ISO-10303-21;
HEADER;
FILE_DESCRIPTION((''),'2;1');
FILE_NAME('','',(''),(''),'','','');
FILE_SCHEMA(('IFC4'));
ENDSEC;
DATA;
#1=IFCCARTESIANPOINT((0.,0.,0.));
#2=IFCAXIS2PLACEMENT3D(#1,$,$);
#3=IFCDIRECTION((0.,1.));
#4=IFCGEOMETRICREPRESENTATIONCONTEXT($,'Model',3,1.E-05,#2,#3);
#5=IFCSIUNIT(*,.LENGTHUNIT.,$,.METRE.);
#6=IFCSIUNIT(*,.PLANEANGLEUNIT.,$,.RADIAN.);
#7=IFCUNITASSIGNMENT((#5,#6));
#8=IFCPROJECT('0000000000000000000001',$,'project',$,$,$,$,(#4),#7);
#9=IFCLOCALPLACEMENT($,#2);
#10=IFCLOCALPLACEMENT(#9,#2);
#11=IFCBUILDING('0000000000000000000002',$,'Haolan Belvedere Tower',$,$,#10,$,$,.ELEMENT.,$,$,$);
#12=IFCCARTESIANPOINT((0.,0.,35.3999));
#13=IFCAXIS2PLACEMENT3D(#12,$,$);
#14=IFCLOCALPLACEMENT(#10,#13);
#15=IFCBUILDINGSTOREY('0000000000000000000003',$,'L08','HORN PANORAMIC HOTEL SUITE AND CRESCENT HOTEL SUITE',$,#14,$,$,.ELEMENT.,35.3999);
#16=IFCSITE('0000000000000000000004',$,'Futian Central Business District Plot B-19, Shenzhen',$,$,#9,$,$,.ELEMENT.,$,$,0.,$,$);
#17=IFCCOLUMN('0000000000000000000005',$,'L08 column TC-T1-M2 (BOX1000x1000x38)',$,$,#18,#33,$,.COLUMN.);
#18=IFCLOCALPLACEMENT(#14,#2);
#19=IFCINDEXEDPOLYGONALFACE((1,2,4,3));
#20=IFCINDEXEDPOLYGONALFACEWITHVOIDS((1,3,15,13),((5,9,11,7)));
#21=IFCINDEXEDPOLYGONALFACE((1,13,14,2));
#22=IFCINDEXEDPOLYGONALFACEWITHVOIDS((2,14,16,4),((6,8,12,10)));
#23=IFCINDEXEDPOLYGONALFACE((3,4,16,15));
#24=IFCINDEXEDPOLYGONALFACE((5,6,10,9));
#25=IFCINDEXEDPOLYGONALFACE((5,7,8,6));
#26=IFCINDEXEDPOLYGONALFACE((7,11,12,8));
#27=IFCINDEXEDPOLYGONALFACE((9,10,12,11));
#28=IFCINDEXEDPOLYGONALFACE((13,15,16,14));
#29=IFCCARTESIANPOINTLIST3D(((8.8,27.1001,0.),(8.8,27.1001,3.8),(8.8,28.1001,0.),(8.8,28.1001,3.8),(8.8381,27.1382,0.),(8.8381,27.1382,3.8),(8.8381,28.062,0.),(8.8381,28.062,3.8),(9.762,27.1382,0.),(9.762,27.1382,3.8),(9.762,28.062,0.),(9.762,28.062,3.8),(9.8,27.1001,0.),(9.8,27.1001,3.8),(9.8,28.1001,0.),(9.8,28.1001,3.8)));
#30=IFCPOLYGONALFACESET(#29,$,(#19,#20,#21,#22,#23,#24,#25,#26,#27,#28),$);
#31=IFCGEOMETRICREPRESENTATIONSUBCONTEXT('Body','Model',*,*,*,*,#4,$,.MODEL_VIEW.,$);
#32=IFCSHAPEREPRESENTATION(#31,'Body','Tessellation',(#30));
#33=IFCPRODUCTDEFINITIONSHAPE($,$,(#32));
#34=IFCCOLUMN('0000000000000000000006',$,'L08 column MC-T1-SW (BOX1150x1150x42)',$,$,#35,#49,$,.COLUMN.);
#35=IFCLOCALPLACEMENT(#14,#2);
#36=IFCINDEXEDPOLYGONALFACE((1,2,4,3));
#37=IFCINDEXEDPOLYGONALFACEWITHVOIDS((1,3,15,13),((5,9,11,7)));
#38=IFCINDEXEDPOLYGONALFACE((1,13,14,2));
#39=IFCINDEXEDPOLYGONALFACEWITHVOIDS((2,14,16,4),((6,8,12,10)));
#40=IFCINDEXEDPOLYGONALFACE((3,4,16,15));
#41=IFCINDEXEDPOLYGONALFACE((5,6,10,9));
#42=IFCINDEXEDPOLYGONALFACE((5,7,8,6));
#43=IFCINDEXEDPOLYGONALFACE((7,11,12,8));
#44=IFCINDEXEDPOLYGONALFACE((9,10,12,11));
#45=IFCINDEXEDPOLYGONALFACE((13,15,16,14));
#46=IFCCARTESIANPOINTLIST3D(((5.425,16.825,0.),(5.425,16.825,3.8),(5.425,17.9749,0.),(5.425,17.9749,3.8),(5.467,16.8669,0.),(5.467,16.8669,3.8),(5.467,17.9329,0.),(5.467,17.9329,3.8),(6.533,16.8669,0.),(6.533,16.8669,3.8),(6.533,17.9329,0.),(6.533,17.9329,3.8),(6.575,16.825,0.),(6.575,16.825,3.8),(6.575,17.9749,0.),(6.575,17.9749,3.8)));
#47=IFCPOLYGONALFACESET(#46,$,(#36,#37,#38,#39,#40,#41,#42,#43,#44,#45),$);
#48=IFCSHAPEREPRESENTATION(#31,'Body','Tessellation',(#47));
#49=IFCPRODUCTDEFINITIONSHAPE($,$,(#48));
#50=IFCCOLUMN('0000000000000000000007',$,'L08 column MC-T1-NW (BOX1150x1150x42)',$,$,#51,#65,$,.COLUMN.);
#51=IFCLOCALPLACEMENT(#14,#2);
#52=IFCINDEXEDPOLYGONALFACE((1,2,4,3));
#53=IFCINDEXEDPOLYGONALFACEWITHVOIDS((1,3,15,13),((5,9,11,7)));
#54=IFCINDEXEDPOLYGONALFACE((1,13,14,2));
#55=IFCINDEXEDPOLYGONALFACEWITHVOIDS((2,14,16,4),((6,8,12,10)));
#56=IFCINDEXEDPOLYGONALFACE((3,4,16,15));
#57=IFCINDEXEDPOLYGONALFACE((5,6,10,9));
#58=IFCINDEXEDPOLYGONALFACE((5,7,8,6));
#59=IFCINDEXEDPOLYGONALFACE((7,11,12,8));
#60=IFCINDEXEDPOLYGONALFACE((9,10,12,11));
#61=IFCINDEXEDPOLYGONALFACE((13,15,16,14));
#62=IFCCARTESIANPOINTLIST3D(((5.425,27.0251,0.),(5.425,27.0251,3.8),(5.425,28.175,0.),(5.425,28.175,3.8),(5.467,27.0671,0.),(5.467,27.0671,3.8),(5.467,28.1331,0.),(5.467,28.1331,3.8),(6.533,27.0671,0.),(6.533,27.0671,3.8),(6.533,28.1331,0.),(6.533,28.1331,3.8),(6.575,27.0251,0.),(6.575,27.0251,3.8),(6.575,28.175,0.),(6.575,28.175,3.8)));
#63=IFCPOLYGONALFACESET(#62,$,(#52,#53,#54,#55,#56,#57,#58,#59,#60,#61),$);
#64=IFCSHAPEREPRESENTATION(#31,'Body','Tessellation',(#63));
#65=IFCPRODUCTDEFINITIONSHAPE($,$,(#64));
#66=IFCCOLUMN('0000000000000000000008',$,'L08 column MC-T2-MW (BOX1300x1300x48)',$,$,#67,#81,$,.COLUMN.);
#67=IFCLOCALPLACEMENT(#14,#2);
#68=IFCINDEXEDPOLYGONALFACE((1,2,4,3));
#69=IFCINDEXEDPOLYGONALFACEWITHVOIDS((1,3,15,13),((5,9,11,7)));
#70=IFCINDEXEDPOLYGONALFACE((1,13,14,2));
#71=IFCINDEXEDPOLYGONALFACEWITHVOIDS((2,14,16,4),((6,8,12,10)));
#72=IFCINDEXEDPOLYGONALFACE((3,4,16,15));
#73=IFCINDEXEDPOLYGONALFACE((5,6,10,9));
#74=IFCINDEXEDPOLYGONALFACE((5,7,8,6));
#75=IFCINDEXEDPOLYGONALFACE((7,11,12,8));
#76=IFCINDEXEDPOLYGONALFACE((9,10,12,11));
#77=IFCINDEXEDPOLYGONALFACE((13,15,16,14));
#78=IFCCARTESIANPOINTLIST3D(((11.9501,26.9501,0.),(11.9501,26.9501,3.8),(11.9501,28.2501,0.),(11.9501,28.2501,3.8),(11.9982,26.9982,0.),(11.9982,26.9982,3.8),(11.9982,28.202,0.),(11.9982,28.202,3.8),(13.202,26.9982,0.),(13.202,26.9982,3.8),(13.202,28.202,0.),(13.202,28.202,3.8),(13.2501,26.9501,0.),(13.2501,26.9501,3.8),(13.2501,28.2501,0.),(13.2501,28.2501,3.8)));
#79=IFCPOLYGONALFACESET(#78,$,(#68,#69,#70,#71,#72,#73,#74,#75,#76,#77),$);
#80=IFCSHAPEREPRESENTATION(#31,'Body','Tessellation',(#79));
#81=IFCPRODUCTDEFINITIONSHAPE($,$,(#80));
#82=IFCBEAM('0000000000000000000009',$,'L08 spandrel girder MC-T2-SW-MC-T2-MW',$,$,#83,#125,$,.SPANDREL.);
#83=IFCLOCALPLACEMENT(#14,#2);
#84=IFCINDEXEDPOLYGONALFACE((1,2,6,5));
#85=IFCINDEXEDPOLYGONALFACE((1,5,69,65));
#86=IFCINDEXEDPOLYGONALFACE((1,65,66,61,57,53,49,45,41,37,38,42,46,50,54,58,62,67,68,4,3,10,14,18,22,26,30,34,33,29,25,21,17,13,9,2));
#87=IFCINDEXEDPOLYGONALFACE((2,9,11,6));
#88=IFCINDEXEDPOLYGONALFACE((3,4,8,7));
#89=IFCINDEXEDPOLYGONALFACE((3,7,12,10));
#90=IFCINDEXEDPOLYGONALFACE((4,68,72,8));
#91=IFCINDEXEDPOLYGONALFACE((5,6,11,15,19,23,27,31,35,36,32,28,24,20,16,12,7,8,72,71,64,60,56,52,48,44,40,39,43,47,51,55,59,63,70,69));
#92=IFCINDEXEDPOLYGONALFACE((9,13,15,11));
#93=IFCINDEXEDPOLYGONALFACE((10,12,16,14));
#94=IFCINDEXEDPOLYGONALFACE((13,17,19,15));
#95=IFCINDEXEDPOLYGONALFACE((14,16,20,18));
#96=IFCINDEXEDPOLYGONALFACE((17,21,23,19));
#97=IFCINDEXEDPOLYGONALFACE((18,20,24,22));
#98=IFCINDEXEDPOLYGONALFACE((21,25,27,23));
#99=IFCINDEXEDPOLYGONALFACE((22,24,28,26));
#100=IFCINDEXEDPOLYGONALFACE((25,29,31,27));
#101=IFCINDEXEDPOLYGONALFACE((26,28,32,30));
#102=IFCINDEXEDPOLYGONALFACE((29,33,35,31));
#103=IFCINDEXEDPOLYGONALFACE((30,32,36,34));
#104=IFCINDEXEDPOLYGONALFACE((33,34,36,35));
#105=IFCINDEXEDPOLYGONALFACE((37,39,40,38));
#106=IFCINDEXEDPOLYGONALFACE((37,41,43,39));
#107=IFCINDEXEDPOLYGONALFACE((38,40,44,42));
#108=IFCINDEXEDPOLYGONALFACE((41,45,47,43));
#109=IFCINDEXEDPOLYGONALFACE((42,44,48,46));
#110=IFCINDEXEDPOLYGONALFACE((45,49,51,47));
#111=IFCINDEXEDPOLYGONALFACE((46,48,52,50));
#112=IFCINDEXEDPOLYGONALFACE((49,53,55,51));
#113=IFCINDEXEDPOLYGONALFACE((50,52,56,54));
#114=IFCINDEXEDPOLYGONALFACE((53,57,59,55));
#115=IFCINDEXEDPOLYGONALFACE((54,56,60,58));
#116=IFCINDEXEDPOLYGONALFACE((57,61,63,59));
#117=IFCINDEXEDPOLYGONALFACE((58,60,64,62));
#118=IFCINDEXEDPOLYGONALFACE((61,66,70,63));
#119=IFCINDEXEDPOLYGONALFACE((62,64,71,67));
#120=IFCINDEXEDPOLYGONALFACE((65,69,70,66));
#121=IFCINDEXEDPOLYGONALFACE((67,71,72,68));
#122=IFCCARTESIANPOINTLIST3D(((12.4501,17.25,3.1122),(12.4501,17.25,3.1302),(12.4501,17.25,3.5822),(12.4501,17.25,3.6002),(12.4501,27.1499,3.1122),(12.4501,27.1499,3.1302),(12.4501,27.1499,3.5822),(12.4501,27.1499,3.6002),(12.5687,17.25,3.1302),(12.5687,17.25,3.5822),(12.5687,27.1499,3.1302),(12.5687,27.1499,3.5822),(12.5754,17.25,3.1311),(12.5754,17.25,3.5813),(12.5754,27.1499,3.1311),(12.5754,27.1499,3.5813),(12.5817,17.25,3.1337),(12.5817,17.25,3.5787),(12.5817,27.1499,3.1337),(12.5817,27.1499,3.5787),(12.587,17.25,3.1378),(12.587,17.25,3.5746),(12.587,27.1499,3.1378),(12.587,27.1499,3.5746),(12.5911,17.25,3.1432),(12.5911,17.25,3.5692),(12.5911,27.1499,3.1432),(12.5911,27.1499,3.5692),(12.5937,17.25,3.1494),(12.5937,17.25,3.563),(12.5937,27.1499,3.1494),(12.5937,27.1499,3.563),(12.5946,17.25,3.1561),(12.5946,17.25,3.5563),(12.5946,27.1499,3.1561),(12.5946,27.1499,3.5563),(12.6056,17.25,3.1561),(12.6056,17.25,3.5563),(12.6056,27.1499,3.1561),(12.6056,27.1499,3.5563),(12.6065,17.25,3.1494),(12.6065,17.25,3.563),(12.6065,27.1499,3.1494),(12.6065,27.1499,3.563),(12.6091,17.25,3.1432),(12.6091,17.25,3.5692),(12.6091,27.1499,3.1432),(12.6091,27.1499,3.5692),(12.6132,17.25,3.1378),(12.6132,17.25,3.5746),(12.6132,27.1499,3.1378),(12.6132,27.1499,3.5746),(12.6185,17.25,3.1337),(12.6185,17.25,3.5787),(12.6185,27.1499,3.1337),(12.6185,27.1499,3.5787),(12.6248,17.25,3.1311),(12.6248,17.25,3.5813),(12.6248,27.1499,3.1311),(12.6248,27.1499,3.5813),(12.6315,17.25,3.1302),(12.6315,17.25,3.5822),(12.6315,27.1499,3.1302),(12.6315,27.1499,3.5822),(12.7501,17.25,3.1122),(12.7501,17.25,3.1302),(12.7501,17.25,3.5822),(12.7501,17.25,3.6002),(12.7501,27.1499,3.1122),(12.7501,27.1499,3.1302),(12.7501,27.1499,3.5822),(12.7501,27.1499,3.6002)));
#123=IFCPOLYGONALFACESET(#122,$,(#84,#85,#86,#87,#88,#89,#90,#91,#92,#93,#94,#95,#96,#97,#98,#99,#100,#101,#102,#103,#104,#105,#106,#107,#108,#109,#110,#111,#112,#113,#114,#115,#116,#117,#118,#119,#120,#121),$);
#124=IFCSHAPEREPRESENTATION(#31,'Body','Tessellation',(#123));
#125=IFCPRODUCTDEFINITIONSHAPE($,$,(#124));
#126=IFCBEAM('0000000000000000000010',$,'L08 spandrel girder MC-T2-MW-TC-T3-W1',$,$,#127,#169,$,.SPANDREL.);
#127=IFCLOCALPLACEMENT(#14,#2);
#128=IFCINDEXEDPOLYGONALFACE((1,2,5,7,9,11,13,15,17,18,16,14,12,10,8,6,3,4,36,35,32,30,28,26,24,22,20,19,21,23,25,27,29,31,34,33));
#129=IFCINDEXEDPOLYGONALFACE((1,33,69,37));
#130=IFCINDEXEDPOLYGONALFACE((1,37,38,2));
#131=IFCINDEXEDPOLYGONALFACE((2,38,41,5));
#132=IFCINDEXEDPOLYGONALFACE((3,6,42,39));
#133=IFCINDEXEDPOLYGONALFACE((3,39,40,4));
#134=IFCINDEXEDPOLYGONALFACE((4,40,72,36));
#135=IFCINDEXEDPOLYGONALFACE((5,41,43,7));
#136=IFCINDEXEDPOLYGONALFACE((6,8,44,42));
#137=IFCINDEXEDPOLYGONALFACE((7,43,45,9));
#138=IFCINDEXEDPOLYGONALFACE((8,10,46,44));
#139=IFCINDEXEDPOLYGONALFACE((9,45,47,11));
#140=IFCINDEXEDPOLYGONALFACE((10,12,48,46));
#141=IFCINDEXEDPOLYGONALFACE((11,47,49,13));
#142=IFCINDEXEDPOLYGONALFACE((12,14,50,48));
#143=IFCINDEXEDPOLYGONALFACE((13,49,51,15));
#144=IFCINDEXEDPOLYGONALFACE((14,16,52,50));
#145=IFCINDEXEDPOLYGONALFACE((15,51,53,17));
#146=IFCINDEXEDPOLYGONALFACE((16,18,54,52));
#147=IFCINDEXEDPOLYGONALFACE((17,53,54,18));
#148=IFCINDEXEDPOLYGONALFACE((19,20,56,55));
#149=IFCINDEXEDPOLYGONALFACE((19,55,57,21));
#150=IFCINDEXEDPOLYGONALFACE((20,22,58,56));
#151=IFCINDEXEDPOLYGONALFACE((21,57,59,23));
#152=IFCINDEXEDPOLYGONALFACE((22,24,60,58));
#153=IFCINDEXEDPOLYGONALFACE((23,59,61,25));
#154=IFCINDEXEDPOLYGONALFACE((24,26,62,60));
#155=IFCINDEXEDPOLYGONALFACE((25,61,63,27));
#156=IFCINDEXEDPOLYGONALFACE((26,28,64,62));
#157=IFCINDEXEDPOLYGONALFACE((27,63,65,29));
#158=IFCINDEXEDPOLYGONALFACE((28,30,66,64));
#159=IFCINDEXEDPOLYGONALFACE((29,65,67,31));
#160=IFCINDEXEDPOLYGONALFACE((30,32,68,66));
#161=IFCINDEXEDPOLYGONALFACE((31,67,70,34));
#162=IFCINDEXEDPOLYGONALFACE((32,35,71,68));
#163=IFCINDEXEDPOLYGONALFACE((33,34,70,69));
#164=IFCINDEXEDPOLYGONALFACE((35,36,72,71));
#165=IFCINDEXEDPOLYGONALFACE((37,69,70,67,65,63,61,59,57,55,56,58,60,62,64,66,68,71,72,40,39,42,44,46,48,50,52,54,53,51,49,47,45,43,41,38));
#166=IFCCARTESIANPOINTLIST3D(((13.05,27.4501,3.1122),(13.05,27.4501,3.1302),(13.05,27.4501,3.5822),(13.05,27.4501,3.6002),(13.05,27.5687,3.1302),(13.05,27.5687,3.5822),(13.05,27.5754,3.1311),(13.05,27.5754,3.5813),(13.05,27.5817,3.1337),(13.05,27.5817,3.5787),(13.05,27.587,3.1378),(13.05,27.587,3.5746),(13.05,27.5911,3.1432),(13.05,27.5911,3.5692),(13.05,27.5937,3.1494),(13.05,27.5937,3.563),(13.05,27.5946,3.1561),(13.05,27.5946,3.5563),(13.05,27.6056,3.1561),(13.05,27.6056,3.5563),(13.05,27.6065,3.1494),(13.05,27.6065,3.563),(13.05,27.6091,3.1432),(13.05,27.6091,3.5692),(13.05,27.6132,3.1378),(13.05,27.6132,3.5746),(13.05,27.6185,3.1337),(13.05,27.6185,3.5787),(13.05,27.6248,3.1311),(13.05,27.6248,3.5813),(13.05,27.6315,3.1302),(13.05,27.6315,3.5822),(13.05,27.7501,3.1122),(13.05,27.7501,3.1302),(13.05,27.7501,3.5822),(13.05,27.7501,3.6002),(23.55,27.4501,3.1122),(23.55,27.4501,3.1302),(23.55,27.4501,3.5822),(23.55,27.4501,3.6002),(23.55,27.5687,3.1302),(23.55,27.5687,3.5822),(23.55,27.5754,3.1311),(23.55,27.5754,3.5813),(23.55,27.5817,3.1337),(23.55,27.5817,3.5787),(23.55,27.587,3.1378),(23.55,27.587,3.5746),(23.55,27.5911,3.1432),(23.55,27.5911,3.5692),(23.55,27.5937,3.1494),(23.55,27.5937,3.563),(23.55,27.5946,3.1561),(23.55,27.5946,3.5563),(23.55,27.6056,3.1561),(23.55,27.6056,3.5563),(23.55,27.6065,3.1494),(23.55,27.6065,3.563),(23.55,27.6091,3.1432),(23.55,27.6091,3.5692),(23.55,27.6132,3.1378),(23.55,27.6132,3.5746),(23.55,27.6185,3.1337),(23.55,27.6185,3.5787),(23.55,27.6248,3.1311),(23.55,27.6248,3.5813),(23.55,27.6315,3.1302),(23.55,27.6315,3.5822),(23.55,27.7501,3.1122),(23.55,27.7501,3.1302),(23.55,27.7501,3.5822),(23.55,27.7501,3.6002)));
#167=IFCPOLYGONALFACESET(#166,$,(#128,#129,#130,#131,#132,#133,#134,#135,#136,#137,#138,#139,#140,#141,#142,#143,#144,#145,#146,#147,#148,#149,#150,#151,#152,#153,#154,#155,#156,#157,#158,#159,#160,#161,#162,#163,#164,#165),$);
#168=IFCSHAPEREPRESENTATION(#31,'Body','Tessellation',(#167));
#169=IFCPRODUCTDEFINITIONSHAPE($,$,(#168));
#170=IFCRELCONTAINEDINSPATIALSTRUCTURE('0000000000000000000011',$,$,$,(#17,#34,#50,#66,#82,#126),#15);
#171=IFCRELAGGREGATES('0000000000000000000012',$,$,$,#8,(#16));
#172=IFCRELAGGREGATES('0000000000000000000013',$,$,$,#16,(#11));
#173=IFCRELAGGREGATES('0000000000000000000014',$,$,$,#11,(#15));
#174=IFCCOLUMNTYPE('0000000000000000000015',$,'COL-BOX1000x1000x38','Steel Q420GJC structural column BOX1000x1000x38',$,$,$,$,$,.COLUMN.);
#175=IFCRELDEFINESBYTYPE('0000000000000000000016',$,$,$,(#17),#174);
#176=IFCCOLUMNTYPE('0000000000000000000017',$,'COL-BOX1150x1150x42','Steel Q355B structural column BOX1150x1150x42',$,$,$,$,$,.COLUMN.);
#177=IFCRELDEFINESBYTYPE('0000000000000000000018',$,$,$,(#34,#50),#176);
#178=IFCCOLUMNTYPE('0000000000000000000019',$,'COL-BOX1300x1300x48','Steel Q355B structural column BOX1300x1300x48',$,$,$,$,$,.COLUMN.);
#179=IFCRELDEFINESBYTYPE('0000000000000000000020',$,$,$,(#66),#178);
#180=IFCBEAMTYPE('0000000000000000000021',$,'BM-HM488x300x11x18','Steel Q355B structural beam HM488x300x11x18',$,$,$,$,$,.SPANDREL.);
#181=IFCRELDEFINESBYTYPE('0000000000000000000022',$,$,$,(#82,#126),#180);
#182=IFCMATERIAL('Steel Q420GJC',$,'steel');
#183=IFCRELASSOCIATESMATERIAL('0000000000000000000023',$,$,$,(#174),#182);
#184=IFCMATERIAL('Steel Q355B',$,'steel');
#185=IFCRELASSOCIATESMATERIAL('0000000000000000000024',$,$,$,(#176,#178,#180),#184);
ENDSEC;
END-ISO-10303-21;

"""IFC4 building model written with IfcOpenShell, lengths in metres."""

from ifc_helpers import new_model, si_unit, direction, frame, origin, origin_2d, place, context, subcontext, project, spatial, hollow_rectangle, i_section, extrude, material, material_profile, profile_set, type_object, element, save


model = new_model("IFC4")

# Units and contexts
model_context = context("Model", 3, precision=1e-05, world=origin(), true_north=direction((0.0, 1.0)))
body_context = subcontext(model_context, "Body", "Model", "MODEL_VIEW")
ifc_project = project(units=[si_unit("LENGTHUNIT", "METRE"), si_unit("PLANEANGLEUNIT", "RADIAN")], contexts=[model_context])

# Site, building, storey
site_placement = place(None, origin())
site = spatial("IfcSite", under=ifc_project, at=site_placement, Name="Futian Central Business District Plot B-19, Shenzhen", CompositionType="ELEMENT", RefElevation=0.0)
building_placement = place(site_placement, origin())
building = spatial("IfcBuilding", under=site, at=building_placement, Name="Haolan Belvedere Tower", CompositionType="ELEMENT")
storey_placement = place(building_placement, frame((0.0, 0.0, 35.3999)))
storey = spatial("IfcBuildingStorey", under=building, at=storey_placement, Name="L08", Description="HORN PANORAMIC HOTEL SUITE AND CRESCENT HOTEL SUITE", CompositionType="ELEMENT", Elevation=35.3999)

# Columns
ifc_material_1 = material(Name="Steel Q420GJC", Category="steel")
ifc_material_profile_1 = material_profile(ifc_material_1, hollow_rectangle(XDim=1.0, YDim=1.0, WallThickness=0.0381, at=origin_2d()), Name="Steel Q420GJC")
ifc_profile_set_1 = profile_set([ifc_material_profile_1], Name="Steel Q420GJC")
column_type_1 = type_object("IfcColumnType", Name="COL-BOX1000x1000x38", Description="Steel Q420GJC structural column BOX1000x1000x38", PredefinedType="COLUMN", material=ifc_profile_set_1)
column_1_placement = place(storey_placement, frame((9.3, 27.6001, 0.0), z_axis=(0.0, 0.0, 1.0), x_axis=(1.0, 0.0, 0.0)))
element("IfcColumn", 1, at=column_1_placement, inside=storey, type_object=column_type_1, Name="L08 column TC-T1-M2 (BOX1000x1000x38)", PredefinedType="COLUMN", context=body_context, shape_type="SweptSolid", body=[
    extrude(hollow_rectangle(XDim=1.0, YDim=1.0, WallThickness=0.0381, at=origin_2d()), origin(), (0.0, 0.0, 1.0), 3.8),
])
ifc_material_2 = material(Name="Steel Q355B", Category="steel")
ifc_material_profile_2 = material_profile(ifc_material_2, hollow_rectangle(XDim=1.1499, YDim=1.1499, WallThickness=0.042, at=origin_2d()), Name="Steel Q355B")
ifc_profile_set_2 = profile_set([ifc_material_profile_2], Name="Steel Q355B")
column_type_2 = type_object("IfcColumnType", Name="COL-BOX1150x1150x42", Description="Steel Q355B structural column BOX1150x1150x42", PredefinedType="COLUMN", material=ifc_profile_set_2)
for number, where, z_axis, x_axis, name in (
    (2, (6.0, 17.3999, 0.0), (0.0, 0.0, 1.0), (1.0, 0.0, 0.0), "L08 column MC-T1-SW (BOX1150x1150x42)"),
    (3, (6.0, 27.6001, 0.0), (0.0, 0.0, 1.0), (1.0, 0.0, 0.0), "L08 column MC-T1-NW (BOX1150x1150x42)"),
):
    element("IfcColumn", number, at=place(storey_placement, frame(where, z_axis=z_axis, x_axis=x_axis)), inside=storey, type_object=column_type_2, Name=name, PredefinedType="COLUMN", context=body_context, shape_type="SweptSolid", body=[
        extrude(hollow_rectangle(XDim=1.1499, YDim=1.1499, WallThickness=0.042, at=origin_2d()), origin(), (0.0, 0.0, 1.0), 3.8),
    ])
ifc_material_profile_3 = material_profile(ifc_material_2, hollow_rectangle(XDim=1.3, YDim=1.3, WallThickness=0.0481, at=origin_2d()), Name="Steel Q355B")
ifc_profile_set_3 = profile_set([ifc_material_profile_3], Name="Steel Q355B")
column_type_3 = type_object("IfcColumnType", Name="COL-BOX1300x1300x48", Description="Steel Q355B structural column BOX1300x1300x48", PredefinedType="COLUMN", material=ifc_profile_set_3)
column_2_placement = place(storey_placement, frame((12.6001, 27.6001, 0.0), z_axis=(0.0, 0.0, 1.0), x_axis=(1.0, 0.0, 0.0)))
element("IfcColumn", 4, at=column_2_placement, inside=storey, type_object=column_type_3, Name="L08 column MC-T2-MW (BOX1300x1300x48)", PredefinedType="COLUMN", context=body_context, shape_type="SweptSolid", body=[
    extrude(hollow_rectangle(XDim=1.3, YDim=1.3, WallThickness=0.0481, at=origin_2d()), origin(), (0.0, 0.0, 1.0), 3.8),
])

# Beams
ifc_material_profile_4 = material_profile(ifc_material_2, i_section(OverallWidth=0.3, OverallDepth=0.488, WebThickness=0.011, FlangeThickness=0.0181, FilletRadius=0.0259, at=origin_2d()), Name="Steel Q355B")
ifc_profile_set_4 = profile_set([ifc_material_profile_4], Name="Steel Q355B")
beam_type_1 = type_object("IfcBeamType", Name="BM-HM488x300x11x18", Description="Steel Q355B structural beam HM488x300x11x18", PredefinedType="SPANDREL", material=ifc_profile_set_4)
beam_1_placement = place(storey_placement, frame((12.6001, 17.25, 3.3562), z_axis=(0.0, 1.0, 0.0), x_axis=(-1.0, 0.0, 0.0)))
element("IfcBeam", 5, at=beam_1_placement, inside=storey, type_object=beam_type_1, Name="L08 spandrel girder MC-T2-SW-MC-T2-MW", PredefinedType="SPANDREL", context=body_context, shape_type="SweptSolid", body=[
    extrude(i_section(OverallWidth=0.3, OverallDepth=0.488, WebThickness=0.011, FlangeThickness=0.0181, FilletRadius=0.0259, at=origin_2d()), origin(), (0.0, 0.0, 1.0), 9.8999),
])
beam_2_placement = place(storey_placement, frame((13.05, 27.6001, 3.3562), z_axis=(1.0, 0.0, 0.0), x_axis=(0.0, 1.0, 0.0)))
element("IfcBeam", 6, at=beam_2_placement, inside=storey, type_object=beam_type_1, Name="L08 spandrel girder MC-T2-MW-TC-T3-W1", PredefinedType="SPANDREL", context=body_context, shape_type="SweptSolid", body=[
    extrude(i_section(OverallWidth=0.3, OverallDepth=0.488, WebThickness=0.011, FlangeThickness=0.0181, FilletRadius=0.0259, at=origin_2d()), origin(), (0.0, 0.0, 1.0), 10.5),
])

save(model, "model.ifc")
